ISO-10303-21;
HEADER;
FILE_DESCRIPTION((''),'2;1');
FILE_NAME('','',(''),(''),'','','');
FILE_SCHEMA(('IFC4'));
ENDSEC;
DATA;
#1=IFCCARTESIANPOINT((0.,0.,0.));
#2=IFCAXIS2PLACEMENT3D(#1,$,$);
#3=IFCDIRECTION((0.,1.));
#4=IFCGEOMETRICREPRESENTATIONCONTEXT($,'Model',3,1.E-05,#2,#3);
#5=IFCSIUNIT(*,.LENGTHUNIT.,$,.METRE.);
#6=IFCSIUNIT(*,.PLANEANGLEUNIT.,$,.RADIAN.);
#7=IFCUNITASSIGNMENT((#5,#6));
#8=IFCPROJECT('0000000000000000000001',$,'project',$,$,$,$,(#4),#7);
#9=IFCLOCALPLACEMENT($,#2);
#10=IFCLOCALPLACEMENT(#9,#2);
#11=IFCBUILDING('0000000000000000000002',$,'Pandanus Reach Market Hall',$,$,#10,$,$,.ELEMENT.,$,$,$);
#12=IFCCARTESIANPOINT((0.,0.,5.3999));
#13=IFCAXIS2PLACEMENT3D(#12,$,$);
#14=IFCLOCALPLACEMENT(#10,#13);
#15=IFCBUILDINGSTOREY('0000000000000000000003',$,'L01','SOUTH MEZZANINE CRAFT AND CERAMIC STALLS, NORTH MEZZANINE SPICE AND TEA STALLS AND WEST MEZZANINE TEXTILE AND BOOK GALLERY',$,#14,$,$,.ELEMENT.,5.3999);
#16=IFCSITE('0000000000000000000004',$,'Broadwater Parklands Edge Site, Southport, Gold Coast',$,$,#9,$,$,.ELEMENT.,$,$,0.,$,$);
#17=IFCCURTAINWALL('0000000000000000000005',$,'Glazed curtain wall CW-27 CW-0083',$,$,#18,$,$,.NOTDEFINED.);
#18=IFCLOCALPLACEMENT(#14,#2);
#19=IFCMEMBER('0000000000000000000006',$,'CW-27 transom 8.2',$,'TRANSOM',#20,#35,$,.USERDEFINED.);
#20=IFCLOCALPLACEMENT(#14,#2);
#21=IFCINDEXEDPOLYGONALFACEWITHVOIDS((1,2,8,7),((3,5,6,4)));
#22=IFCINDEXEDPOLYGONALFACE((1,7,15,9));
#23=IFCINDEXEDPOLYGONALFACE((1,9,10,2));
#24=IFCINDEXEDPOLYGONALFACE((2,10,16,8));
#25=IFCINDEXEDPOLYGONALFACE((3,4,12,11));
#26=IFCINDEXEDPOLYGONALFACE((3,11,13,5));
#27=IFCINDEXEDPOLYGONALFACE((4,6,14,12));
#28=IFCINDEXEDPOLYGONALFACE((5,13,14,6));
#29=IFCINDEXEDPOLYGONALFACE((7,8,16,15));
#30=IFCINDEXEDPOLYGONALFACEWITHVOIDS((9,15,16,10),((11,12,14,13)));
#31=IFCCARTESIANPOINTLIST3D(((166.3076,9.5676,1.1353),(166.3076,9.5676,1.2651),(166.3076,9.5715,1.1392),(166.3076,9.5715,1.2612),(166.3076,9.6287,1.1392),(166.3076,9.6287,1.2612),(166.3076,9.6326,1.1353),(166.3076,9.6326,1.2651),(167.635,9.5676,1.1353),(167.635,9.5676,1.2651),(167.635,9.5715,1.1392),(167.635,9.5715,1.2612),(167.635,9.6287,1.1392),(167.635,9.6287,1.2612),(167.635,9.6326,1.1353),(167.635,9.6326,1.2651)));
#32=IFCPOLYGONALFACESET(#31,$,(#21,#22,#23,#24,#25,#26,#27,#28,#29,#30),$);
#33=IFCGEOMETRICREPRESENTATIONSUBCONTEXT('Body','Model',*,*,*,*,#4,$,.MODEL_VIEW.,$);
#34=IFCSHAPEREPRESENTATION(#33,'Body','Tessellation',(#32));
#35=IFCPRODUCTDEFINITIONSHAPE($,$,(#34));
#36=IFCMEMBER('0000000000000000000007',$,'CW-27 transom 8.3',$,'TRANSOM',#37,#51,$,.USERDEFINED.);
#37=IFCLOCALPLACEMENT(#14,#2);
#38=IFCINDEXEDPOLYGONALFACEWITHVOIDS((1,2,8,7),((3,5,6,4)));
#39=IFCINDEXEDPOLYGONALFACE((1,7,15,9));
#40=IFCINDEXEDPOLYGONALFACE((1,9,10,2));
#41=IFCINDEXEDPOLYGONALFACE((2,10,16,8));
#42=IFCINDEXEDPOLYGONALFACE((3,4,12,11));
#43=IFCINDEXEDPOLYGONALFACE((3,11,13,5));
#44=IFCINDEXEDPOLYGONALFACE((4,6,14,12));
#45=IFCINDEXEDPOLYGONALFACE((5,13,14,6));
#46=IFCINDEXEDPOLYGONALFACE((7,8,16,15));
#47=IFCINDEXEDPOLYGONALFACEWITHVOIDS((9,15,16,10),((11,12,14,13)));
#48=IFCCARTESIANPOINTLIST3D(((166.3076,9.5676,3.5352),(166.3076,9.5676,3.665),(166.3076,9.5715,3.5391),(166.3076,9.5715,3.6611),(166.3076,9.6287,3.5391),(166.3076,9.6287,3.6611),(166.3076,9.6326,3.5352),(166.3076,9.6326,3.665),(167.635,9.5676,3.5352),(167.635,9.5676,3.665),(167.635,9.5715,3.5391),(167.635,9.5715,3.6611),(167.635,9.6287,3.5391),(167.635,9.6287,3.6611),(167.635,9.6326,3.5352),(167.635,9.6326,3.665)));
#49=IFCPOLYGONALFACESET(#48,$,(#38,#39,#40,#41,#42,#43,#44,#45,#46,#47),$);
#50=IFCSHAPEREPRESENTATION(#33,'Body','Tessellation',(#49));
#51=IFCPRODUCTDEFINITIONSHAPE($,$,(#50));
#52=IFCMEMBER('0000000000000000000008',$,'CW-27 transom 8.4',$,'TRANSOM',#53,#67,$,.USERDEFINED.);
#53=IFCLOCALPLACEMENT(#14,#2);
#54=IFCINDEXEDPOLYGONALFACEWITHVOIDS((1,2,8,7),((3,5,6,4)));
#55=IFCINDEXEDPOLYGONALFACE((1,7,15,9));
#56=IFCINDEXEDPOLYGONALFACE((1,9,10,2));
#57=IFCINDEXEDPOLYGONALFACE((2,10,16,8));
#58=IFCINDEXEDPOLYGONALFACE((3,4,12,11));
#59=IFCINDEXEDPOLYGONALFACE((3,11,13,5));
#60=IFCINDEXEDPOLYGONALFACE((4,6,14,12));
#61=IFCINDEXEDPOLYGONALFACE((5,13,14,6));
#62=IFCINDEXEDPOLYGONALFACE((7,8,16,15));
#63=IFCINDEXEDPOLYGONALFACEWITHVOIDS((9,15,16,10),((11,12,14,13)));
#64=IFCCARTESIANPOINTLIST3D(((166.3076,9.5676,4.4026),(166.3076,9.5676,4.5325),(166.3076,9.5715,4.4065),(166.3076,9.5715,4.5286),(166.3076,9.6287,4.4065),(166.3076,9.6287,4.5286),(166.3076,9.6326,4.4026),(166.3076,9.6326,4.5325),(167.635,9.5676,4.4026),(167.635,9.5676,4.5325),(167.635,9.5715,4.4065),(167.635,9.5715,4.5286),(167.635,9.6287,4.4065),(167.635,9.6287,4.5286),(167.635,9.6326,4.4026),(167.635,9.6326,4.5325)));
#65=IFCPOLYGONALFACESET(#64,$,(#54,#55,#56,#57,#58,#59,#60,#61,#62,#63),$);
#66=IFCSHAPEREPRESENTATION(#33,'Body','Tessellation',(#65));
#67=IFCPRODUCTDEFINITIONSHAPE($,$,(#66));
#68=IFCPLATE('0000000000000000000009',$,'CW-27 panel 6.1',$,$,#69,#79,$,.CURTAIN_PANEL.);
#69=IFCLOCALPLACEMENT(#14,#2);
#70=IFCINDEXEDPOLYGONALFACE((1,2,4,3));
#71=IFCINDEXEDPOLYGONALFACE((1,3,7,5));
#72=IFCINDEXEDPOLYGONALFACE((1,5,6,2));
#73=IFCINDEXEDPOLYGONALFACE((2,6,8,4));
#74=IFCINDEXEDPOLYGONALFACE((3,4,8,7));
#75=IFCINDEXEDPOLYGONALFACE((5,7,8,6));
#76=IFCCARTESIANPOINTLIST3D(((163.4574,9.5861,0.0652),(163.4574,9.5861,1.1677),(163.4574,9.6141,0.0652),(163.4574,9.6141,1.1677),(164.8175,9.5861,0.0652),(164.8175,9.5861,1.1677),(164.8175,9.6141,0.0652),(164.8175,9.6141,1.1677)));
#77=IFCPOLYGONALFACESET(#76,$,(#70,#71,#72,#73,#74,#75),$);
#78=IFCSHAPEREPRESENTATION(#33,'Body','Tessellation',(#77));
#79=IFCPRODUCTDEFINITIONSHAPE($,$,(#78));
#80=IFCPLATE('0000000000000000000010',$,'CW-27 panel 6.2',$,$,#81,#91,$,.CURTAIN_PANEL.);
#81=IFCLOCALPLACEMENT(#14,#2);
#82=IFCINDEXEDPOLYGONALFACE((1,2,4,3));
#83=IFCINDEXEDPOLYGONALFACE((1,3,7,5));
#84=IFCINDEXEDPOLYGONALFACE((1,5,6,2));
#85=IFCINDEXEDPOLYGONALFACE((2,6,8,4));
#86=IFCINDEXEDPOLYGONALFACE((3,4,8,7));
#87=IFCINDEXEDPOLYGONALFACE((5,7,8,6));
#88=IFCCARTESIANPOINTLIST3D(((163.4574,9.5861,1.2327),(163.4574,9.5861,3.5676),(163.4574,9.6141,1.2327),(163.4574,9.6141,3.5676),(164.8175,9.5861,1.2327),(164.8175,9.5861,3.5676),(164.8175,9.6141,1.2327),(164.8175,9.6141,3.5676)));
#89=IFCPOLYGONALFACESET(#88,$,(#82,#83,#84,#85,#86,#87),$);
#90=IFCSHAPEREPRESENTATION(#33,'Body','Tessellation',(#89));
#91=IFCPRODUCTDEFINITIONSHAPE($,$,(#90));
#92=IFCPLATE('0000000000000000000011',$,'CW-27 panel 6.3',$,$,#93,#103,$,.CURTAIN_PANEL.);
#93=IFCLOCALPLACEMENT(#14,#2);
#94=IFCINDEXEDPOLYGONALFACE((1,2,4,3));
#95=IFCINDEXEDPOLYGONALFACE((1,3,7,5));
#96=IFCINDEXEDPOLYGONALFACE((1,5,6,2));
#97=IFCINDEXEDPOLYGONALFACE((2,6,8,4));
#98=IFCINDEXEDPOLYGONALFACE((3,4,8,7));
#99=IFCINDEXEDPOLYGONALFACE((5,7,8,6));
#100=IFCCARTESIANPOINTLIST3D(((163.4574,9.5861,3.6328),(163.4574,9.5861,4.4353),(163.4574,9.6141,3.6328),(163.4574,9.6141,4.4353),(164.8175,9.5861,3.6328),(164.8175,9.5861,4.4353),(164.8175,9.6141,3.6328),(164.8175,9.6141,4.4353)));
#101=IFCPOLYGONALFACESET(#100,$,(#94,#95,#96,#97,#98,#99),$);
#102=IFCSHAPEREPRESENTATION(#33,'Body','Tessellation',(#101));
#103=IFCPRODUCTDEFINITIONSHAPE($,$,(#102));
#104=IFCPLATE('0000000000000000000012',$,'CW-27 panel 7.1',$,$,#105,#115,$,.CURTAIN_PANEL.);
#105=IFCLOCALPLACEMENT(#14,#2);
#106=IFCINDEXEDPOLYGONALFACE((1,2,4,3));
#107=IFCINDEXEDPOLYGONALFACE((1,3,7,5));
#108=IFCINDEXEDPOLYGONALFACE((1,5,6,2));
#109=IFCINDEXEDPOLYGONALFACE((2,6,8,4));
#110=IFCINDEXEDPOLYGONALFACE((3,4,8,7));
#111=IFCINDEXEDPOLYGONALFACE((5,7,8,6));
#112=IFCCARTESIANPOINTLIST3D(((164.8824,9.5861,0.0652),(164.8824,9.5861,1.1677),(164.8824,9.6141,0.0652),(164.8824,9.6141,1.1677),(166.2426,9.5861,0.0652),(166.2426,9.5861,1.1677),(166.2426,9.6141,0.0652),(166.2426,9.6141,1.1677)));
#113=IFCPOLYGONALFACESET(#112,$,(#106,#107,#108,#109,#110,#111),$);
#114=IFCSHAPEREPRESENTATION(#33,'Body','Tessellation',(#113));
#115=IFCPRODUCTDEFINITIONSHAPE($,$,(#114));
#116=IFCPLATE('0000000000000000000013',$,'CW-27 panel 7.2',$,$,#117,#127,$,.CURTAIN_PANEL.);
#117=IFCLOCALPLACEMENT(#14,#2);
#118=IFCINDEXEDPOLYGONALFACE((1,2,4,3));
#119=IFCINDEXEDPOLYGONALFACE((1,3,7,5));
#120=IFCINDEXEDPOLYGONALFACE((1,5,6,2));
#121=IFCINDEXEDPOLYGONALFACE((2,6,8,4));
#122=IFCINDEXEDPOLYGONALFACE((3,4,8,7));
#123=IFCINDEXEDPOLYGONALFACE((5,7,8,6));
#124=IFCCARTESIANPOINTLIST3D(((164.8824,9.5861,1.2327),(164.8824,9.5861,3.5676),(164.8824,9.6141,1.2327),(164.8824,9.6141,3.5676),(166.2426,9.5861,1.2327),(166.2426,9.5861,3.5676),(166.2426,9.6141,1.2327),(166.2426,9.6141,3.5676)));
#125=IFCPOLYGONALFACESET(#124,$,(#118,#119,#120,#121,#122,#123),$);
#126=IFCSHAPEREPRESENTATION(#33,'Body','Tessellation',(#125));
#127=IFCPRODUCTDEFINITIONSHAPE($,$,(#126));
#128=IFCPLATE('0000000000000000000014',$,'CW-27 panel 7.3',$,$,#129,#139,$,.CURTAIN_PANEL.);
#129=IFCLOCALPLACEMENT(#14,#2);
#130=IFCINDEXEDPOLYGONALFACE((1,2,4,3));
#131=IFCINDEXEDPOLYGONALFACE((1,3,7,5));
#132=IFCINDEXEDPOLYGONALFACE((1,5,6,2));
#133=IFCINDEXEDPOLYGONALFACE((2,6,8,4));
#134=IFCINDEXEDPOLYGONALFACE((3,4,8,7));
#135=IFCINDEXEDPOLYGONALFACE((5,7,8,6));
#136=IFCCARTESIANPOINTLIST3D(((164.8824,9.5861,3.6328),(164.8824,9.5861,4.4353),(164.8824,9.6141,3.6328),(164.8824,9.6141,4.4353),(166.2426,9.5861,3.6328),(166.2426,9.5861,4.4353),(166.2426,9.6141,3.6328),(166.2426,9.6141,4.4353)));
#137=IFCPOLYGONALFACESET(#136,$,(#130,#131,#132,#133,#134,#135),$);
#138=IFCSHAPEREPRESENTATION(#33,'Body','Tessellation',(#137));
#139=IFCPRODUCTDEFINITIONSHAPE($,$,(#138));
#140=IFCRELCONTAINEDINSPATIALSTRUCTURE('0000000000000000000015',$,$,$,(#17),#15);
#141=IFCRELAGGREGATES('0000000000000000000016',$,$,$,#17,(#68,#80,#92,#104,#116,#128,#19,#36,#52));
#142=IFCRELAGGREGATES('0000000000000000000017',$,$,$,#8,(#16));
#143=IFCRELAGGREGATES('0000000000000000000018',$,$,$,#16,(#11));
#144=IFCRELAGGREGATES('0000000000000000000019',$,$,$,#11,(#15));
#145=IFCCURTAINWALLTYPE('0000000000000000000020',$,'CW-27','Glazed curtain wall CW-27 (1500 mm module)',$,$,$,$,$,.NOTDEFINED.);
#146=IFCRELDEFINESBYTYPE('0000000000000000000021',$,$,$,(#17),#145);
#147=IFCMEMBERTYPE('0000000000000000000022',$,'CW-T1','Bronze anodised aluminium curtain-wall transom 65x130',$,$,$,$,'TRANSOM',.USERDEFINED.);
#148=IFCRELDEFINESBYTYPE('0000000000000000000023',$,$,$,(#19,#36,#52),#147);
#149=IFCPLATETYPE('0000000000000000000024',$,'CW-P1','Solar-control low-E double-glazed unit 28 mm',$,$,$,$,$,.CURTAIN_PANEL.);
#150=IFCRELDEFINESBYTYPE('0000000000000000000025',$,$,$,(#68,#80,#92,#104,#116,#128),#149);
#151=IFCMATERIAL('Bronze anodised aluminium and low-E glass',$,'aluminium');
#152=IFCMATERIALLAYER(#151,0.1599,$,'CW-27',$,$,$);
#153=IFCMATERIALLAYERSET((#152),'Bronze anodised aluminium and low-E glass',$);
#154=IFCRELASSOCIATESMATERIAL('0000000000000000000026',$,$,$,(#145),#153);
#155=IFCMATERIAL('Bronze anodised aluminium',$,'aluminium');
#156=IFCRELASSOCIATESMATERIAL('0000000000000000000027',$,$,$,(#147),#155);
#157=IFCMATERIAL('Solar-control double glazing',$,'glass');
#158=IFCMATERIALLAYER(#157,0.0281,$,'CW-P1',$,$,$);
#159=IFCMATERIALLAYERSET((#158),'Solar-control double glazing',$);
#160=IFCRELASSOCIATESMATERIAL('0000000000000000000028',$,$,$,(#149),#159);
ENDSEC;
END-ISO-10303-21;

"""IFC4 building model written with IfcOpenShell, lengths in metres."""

from ifc_helpers import new_model, si_unit, direction, frame, origin, origin_2d, place, context, subcontext, project, spatial, rectangle, hollow_rectangle, extrude, material, layer, layer_set, material_profile, profile_set, type_object, element, aggregate, save


model = new_model("IFC4")

# Units and contexts
model_context = context("Model", 3, precision=1e-05, world=origin(), true_north=direction((0.0, 1.0)))
body_context = subcontext(model_context, "Body", "Model", "MODEL_VIEW")
ifc_project = project(units=[si_unit("LENGTHUNIT", "METRE"), si_unit("PLANEANGLEUNIT", "RADIAN")], contexts=[model_context])

# Site, building, storey
site_placement = place(None, origin())
site = spatial("IfcSite", under=ifc_project, at=site_placement, Name="Broadwater Parklands Edge Site, Southport, Gold Coast", CompositionType="ELEMENT", RefElevation=0.0)
building_placement = place(site_placement, origin())
building = spatial("IfcBuilding", under=site, at=building_placement, Name="Pandanus Reach Market Hall", CompositionType="ELEMENT")
storey_placement = place(building_placement, frame((0.0, 0.0, 5.3999)))
storey = spatial("IfcBuildingStorey", under=building, at=storey_placement, Name="L01", Description="SOUTH MEZZANINE CRAFT AND CERAMIC STALLS, NORTH MEZZANINE SPICE AND TEA STALLS AND WEST MEZZANINE TEXTILE AND BOOK GALLERY", CompositionType="ELEMENT", Elevation=5.3999)

# Curtain wall, members, plates
ifc_material_1 = material(Name="Bronze anodised aluminium and low-E glass", Category="aluminium")
ifc_layer_1 = layer(ifc_material_1, 0.1599, Name="CW-27")
ifc_layer_set_1 = layer_set([ifc_layer_1], Name="Bronze anodised aluminium and low-E glass")
curtain_wall_type = type_object("IfcCurtainWallType", Name="CW-27", Description="Glazed curtain wall CW-27 (1500 mm module)", PredefinedType="NOTDEFINED", material=ifc_layer_set_1)
curtain_wall_placement = place(storey_placement, origin())
curtain_wall = element("IfcCurtainWall", 1, at=curtain_wall_placement, inside=storey, type_object=curtain_wall_type, Name="Glazed curtain wall CW-27 CW-0083", PredefinedType="NOTDEFINED")
ifc_material_2 = material(Name="Bronze anodised aluminium", Category="aluminium")
ifc_material_profile_1 = material_profile(ifc_material_2, hollow_rectangle(XDim=0.0649, YDim=0.1299, WallThickness=0.0039, at=origin_2d()), Name="ALU65x130", Category="LoadBearing")
ifc_profile_set_1 = profile_set([ifc_material_profile_1], Name="Bronze anodised aluminium")
member_type_1 = type_object("IfcMemberType", Name="CW-T1", Description="Bronze anodised aluminium curtain-wall transom 65x130", ElementType="TRANSOM", PredefinedType="USERDEFINED", material=ifc_profile_set_1)
member_1_placement = place(storey_placement, frame((166.3076, 9.6001, 1.2002), z_axis=(1.0, 0.0, 0.0), x_axis=(0.0, 1.0, 0.0)))
member_1 = element("IfcMember", 2, at=member_1_placement, type_object=member_type_1, Name="CW-27 transom 8.2", ObjectType="TRANSOM", PredefinedType="USERDEFINED", context=body_context, shape_type="SweptSolid", body=[
    extrude(hollow_rectangle(XDim=0.0649, YDim=0.1299, WallThickness=0.0039, at=origin_2d()), origin(), (0.0, 0.0, 1.0), 1.3274),
])
member_2_placement = place(storey_placement, frame((166.3076, 9.6001, 3.6001), z_axis=(1.0, 0.0, 0.0), x_axis=(0.0, 1.0, 0.0)))
member_2 = element("IfcMember", 3, at=member_2_placement, type_object=member_type_1, Name="CW-27 transom 8.3", ObjectType="TRANSOM", PredefinedType="USERDEFINED", context=body_context, shape_type="SweptSolid", body=[
    extrude(hollow_rectangle(XDim=0.0649, YDim=0.1299, WallThickness=0.0039, at=origin_2d()), origin(), (0.0, 0.0, 1.0), 1.3274),
])
member_3_placement = place(storey_placement, frame((166.3076, 9.6001, 4.4675), z_axis=(1.0, 0.0, 0.0), x_axis=(0.0, 1.0, 0.0)))
member_3 = element("IfcMember", 4, at=member_3_placement, type_object=member_type_1, Name="CW-27 transom 8.4", ObjectType="TRANSOM", PredefinedType="USERDEFINED", context=body_context, shape_type="SweptSolid", body=[
    extrude(hollow_rectangle(XDim=0.0649, YDim=0.1299, WallThickness=0.0039, at=origin_2d()), origin(), (0.0, 0.0, 1.0), 1.3274),
])
ifc_material_3 = material(Name="Solar-control double glazing", Category="glass")
ifc_layer_2 = layer(ifc_material_3, 0.0281, Name="CW-P1")
ifc_layer_set_2 = layer_set([ifc_layer_2], Name="Solar-control double glazing")
plate_type = type_object("IfcPlateType", Name="CW-P1", Description="Solar-control low-E double-glazed unit 28 mm", PredefinedType="CURTAIN_PANEL", material=ifc_layer_set_2)
plate_1_placement = place(storey_placement, frame((164.1375, 9.6001, 0.0652), z_axis=(0.0, 0.0, 1.0), x_axis=(1.0, 0.0, 0.0)))
plate_1 = element("IfcPlate", 5, at=plate_1_placement, type_object=plate_type, Name="CW-27 panel 6.1", PredefinedType="CURTAIN_PANEL", context=body_context, shape_type="SweptSolid", body=[
    extrude(rectangle(XDim=1.3601, YDim=0.0281, at=origin_2d()), origin(), (0.0, 0.0, 1.0), 1.1025),
])
plate_2_placement = place(storey_placement, frame((164.1375, 9.6001, 1.2327), z_axis=(0.0, 0.0, 1.0), x_axis=(1.0, 0.0, 0.0)))
plate_2 = element("IfcPlate", 6, at=plate_2_placement, type_object=plate_type, Name="CW-27 panel 6.2", PredefinedType="CURTAIN_PANEL", context=body_context, shape_type="SweptSolid", body=[
    extrude(rectangle(XDim=1.3601, YDim=0.0281, at=origin_2d()), origin(), (0.0, 0.0, 1.0), 2.335),
])
plate_3_placement = place(storey_placement, frame((164.1375, 9.6001, 3.6328), z_axis=(0.0, 0.0, 1.0), x_axis=(1.0, 0.0, 0.0)))
plate_3 = element("IfcPlate", 7, at=plate_3_placement, type_object=plate_type, Name="CW-27 panel 6.3", PredefinedType="CURTAIN_PANEL", context=body_context, shape_type="SweptSolid", body=[
    extrude(rectangle(XDim=1.3601, YDim=0.0281, at=origin_2d()), origin(), (0.0, 0.0, 1.0), 0.8025),
])
plate_4_placement = place(storey_placement, frame((165.5625, 9.6001, 0.0652), z_axis=(0.0, 0.0, 1.0), x_axis=(1.0, 0.0, 0.0)))
plate_4 = element("IfcPlate", 8, at=plate_4_placement, type_object=plate_type, Name="CW-27 panel 7.1", PredefinedType="CURTAIN_PANEL", context=body_context, shape_type="SweptSolid", body=[
    extrude(rectangle(XDim=1.3601, YDim=0.0281, at=origin_2d()), origin(), (0.0, 0.0, 1.0), 1.1025),
])
plate_5_placement = place(storey_placement, frame((165.5625, 9.6001, 1.2327), z_axis=(0.0, 0.0, 1.0), x_axis=(1.0, 0.0, 0.0)))
plate_5 = element("IfcPlate", 9, at=plate_5_placement, type_object=plate_type, Name="CW-27 panel 7.2", PredefinedType="CURTAIN_PANEL", context=body_context, shape_type="SweptSolid", body=[
    extrude(rectangle(XDim=1.3601, YDim=0.0281, at=origin_2d()), origin(), (0.0, 0.0, 1.0), 2.335),
])
plate_6_placement = place(storey_placement, frame((165.5625, 9.6001, 3.6328), z_axis=(0.0, 0.0, 1.0), x_axis=(1.0, 0.0, 0.0)))
plate_6 = element("IfcPlate", 10, at=plate_6_placement, type_object=plate_type, Name="CW-27 panel 7.3", PredefinedType="CURTAIN_PANEL", context=body_context, shape_type="SweptSolid", body=[
    extrude(rectangle(XDim=1.3601, YDim=0.0281, at=origin_2d()), origin(), (0.0, 0.0, 1.0), 0.8025),
])
aggregate(curtain_wall, [plate_1, plate_2, plate_3, plate_4, plate_5, plate_6, member_1, member_2, member_3])

save(model, "model.ifc")
